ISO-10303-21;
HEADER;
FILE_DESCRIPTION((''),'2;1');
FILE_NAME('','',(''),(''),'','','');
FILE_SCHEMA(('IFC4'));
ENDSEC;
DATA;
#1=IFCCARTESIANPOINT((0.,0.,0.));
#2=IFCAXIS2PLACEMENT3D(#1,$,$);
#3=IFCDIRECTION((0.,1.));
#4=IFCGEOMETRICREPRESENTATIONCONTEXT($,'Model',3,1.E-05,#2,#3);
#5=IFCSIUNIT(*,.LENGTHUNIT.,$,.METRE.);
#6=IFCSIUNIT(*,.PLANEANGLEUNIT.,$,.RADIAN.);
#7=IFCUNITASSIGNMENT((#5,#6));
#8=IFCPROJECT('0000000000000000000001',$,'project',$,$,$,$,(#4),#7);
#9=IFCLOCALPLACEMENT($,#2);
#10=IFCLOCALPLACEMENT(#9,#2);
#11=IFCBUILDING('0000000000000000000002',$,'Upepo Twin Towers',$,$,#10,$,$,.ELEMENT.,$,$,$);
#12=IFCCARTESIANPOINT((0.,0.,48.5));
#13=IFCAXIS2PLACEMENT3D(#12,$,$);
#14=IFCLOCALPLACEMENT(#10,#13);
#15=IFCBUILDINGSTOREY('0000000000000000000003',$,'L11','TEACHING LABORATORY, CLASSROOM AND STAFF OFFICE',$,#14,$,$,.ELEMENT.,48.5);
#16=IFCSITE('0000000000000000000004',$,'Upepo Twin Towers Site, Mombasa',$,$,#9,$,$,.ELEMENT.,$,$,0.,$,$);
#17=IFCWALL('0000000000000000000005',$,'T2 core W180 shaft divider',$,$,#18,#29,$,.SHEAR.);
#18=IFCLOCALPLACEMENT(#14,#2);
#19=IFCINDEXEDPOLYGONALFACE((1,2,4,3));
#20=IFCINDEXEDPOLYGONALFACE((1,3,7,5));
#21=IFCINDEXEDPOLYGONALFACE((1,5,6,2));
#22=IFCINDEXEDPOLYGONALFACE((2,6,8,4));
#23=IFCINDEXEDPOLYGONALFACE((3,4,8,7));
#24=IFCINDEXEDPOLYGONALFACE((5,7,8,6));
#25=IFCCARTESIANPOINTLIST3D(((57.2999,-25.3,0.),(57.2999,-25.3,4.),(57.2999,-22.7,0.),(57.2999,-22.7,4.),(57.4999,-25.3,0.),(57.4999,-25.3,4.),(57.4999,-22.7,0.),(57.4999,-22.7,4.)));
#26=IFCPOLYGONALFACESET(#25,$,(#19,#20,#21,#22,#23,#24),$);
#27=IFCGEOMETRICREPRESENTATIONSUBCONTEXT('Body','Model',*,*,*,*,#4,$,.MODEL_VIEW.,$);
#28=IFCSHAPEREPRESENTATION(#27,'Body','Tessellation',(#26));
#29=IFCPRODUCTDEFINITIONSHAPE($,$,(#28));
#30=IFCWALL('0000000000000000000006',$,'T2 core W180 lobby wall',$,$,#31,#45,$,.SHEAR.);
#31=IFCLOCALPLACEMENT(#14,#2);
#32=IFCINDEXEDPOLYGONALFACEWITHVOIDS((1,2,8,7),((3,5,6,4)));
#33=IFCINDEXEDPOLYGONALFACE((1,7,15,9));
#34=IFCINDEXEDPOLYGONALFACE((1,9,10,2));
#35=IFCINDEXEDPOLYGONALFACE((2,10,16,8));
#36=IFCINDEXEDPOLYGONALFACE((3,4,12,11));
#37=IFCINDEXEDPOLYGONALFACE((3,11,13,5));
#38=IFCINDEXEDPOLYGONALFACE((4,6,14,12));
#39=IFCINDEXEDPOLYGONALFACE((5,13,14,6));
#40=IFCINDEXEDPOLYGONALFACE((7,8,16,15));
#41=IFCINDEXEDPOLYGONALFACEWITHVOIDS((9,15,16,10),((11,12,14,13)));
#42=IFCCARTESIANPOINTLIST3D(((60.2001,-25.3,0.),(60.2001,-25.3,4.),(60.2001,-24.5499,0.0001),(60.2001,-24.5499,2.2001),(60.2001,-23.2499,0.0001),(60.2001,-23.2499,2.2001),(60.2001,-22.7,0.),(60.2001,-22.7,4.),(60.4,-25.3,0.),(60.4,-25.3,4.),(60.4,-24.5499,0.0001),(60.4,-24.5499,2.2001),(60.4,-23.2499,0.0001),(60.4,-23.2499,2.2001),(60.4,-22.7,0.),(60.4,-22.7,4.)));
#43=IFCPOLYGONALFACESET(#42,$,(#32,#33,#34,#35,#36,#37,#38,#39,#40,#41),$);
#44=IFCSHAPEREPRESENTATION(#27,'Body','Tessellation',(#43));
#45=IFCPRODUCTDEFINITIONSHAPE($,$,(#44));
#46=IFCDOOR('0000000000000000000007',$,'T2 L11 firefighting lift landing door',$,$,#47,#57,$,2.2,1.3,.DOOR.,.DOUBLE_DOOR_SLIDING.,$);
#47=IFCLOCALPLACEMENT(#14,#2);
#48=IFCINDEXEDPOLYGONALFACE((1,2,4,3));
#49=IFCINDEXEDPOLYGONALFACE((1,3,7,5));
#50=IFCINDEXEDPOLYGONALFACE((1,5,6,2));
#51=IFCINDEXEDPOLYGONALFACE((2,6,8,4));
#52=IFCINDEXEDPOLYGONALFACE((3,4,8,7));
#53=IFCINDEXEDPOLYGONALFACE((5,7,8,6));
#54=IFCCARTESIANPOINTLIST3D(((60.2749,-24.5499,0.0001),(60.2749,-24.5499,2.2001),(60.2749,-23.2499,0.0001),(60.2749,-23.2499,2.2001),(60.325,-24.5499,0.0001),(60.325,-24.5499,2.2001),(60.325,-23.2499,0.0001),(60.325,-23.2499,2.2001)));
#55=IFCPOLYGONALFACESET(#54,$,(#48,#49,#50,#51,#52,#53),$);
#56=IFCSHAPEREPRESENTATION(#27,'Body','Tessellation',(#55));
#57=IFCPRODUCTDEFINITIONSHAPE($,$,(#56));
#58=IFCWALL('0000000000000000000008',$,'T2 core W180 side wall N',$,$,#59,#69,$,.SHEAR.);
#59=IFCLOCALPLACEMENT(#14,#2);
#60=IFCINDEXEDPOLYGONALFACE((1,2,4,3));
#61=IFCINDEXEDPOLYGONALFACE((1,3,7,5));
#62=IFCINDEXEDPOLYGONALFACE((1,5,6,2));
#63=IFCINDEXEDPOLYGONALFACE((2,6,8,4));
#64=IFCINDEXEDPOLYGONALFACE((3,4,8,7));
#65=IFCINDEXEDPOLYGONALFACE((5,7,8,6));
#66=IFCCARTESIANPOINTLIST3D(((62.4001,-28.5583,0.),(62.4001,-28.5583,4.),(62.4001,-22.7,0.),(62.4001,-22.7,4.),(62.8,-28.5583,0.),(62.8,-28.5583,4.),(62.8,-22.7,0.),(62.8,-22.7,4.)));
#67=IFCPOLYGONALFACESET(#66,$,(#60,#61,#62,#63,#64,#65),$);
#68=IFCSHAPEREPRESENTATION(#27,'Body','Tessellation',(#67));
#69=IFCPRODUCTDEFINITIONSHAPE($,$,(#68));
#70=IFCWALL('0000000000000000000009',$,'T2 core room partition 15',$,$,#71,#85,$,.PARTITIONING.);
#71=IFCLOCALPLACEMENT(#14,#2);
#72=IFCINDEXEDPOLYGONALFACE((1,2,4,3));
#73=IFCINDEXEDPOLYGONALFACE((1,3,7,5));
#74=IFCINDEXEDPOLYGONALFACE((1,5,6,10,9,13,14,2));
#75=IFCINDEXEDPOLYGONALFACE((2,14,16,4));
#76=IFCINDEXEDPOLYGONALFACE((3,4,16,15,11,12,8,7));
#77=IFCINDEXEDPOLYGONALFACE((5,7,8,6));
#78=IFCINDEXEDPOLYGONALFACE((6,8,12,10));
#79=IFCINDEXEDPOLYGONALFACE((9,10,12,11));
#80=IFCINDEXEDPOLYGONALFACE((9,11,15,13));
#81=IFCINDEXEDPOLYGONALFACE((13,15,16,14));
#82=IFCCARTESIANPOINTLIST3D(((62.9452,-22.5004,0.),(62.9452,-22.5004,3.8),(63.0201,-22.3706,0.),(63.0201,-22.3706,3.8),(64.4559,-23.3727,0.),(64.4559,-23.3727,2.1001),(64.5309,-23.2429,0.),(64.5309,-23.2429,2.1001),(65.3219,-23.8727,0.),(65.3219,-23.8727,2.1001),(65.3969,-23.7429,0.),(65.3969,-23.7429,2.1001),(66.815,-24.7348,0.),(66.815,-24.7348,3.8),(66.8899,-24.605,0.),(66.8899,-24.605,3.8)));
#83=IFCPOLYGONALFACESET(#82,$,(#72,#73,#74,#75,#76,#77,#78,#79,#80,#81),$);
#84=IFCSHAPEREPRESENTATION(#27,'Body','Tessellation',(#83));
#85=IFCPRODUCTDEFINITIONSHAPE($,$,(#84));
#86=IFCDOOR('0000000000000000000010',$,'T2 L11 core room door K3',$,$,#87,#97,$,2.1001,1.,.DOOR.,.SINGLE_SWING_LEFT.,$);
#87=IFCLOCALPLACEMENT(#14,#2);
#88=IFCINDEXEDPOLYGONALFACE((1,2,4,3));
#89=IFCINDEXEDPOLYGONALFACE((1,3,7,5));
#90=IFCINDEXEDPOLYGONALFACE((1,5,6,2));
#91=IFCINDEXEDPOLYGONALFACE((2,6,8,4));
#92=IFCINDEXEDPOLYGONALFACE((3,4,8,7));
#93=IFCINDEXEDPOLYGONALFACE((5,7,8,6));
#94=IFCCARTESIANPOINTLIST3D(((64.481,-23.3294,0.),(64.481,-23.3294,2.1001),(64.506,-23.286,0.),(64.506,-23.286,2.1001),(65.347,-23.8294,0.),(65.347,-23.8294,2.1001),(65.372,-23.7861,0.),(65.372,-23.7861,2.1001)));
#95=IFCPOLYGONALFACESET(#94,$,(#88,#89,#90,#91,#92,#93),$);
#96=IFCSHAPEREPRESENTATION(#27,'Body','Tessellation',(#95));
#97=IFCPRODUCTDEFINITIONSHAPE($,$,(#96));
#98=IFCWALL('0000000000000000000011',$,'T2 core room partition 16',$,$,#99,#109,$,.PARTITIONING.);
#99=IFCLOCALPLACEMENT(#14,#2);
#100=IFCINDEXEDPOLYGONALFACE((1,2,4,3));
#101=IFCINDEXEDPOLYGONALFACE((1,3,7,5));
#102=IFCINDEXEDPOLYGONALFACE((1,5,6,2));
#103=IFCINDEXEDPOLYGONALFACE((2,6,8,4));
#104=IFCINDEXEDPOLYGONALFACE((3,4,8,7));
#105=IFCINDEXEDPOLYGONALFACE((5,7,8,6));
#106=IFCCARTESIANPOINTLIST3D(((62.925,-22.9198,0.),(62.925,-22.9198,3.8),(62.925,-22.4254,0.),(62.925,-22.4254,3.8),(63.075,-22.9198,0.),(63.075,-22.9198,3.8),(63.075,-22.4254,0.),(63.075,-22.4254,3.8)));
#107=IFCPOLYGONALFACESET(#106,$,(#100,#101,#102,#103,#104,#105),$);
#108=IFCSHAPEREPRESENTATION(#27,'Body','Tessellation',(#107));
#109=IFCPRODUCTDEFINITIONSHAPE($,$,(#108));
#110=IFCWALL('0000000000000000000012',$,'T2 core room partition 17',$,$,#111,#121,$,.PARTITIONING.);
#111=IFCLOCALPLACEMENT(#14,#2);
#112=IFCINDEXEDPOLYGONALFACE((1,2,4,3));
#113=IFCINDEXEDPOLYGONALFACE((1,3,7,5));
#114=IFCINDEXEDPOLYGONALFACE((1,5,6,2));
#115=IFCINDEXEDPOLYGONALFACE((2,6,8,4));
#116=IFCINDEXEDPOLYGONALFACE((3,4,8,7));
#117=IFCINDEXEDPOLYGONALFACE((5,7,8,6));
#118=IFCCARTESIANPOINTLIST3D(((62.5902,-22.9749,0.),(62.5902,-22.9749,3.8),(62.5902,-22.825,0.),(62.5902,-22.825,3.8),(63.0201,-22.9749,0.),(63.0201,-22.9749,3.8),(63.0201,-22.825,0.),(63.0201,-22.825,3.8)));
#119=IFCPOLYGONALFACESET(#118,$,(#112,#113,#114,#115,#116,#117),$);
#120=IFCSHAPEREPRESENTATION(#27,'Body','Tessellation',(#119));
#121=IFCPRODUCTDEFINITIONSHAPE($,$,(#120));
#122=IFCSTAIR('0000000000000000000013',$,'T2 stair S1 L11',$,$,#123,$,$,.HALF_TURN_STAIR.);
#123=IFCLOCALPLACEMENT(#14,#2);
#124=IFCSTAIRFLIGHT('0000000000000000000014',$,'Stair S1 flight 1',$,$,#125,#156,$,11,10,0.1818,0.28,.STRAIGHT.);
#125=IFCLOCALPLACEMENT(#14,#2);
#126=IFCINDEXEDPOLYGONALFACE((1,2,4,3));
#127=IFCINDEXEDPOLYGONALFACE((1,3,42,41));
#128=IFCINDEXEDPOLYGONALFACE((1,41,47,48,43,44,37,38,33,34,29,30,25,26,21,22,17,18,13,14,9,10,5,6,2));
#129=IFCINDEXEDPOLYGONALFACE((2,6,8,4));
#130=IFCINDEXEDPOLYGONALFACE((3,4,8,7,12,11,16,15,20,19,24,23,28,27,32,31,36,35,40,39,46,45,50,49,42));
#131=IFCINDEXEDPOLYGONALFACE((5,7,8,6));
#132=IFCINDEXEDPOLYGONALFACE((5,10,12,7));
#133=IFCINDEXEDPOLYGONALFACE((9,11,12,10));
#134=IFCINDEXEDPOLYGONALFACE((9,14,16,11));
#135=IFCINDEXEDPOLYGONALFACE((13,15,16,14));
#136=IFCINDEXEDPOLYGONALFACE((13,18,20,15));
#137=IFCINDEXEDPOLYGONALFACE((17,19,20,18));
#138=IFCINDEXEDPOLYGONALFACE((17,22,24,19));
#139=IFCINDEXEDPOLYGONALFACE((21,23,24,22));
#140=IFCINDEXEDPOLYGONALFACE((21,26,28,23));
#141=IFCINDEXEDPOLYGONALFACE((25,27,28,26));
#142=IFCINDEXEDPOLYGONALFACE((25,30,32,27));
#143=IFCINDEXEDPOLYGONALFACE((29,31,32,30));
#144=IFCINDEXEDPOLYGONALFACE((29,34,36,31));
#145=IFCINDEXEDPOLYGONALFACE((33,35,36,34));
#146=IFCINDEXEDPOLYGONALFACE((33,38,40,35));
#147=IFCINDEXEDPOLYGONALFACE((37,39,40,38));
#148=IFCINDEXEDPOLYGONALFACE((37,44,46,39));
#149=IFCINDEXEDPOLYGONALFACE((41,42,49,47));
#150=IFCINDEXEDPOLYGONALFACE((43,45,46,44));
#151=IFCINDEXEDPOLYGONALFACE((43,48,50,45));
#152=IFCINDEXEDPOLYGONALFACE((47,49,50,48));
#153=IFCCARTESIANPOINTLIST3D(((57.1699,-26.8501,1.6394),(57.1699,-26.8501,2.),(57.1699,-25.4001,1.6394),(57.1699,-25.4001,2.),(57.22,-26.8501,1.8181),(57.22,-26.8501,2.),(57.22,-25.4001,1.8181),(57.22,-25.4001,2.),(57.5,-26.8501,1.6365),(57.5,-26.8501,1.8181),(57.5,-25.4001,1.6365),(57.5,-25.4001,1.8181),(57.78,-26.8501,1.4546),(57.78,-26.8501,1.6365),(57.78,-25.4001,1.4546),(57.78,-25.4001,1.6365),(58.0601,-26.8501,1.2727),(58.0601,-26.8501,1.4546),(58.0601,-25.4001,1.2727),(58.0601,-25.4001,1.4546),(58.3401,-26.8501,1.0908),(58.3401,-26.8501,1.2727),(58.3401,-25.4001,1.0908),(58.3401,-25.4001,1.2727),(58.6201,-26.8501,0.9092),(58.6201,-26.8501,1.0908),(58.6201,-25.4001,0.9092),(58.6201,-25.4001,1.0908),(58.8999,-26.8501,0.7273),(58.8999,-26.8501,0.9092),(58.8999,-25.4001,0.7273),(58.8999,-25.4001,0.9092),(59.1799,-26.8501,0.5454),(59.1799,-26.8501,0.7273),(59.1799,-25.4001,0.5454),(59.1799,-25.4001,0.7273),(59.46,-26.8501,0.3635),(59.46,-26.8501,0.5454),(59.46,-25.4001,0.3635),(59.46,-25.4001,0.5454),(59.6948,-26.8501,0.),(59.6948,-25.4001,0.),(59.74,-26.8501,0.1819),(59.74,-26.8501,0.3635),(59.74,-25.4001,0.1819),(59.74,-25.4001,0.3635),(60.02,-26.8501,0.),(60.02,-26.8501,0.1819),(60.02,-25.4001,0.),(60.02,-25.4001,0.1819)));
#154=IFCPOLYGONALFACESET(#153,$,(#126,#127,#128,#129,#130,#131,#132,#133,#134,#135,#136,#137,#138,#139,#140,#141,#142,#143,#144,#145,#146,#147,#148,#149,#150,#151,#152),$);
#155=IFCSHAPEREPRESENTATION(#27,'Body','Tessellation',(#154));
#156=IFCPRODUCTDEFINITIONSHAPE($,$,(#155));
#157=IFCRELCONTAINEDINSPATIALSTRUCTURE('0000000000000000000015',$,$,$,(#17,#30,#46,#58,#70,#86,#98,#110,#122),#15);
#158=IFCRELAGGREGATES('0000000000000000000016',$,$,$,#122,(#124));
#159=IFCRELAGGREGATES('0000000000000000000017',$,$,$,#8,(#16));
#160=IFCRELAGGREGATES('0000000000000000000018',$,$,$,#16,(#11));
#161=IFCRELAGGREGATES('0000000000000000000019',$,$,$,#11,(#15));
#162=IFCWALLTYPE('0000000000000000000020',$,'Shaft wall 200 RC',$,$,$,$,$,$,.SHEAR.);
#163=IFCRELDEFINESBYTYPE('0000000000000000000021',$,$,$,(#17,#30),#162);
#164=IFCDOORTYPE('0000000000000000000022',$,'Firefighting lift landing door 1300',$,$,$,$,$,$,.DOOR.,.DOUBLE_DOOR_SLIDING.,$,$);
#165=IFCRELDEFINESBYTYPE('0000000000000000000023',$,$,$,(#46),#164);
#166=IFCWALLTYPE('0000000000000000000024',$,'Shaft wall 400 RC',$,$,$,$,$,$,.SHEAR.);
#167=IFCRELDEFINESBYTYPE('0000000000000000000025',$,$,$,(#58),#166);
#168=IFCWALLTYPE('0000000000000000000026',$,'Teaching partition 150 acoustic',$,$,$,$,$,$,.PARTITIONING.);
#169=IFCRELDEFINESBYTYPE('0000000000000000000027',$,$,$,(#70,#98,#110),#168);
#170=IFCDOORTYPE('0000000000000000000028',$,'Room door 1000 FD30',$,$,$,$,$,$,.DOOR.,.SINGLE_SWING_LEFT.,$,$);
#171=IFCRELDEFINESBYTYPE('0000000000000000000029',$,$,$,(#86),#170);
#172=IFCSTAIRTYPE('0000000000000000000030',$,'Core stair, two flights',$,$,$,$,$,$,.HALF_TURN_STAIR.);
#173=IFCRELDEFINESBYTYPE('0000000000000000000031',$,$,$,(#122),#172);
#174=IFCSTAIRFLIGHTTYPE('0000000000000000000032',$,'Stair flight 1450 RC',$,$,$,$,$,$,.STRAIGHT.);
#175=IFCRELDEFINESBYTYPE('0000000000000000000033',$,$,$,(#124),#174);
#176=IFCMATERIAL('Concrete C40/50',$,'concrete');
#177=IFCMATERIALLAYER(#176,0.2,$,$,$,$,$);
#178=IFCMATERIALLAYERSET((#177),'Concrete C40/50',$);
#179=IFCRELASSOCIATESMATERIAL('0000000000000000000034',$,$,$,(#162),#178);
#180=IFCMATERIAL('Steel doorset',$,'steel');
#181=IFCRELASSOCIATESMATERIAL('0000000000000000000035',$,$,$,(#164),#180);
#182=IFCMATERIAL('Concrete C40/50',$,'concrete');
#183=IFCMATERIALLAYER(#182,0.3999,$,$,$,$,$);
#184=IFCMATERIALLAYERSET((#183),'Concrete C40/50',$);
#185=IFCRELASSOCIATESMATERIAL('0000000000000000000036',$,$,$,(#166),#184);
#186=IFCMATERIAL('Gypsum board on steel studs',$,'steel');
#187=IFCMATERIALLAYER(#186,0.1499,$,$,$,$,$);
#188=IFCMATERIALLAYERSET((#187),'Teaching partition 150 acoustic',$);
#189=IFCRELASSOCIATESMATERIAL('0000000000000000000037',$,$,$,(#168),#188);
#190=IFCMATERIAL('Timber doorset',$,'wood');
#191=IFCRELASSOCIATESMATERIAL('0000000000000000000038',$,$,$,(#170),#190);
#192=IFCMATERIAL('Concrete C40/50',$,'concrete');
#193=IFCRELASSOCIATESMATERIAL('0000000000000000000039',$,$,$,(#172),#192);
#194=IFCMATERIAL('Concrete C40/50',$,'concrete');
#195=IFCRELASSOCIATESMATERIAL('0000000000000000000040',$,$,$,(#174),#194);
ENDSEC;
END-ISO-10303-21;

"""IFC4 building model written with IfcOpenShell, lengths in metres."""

from ifc_helpers import new_model, si_unit, direction, frame, frame_2d, origin, place, context, subcontext, project, spatial, polyline, rectangle, outline, extrude, material, layer, layer_set, type_object, element, fill, aggregate, save


model = new_model("IFC4")

# Units and contexts
model_context = context("Model", 3, precision=1e-05, world=origin(), true_north=direction((0.0, 1.0)))
body_context = subcontext(model_context, "Body", "Model", "MODEL_VIEW")
ifc_project = project(units=[si_unit("LENGTHUNIT", "METRE"), si_unit("PLANEANGLEUNIT", "RADIAN")], contexts=[model_context])

# Site, building, storey
site_placement = place(None, origin())
site = spatial("IfcSite", under=ifc_project, at=site_placement, Name="Upepo Twin Towers Site, Mombasa", CompositionType="ELEMENT", RefElevation=0.0)
building_placement = place(site_placement, origin())
building = spatial("IfcBuilding", under=site, at=building_placement, Name="Upepo Twin Towers", CompositionType="ELEMENT")
storey_placement = place(building_placement, frame((0.0, 0.0, 48.5)))
storey = spatial("IfcBuildingStorey", under=building, at=storey_placement, Name="L11", Description="TEACHING LABORATORY, CLASSROOM AND STAFF OFFICE", CompositionType="ELEMENT", Elevation=48.5)

# Wall
ifc_material_1 = material(Name="Concrete C40/50", Category="concrete")
ifc_layer_1 = layer(ifc_material_1, 0.2)
ifc_layer_set_1 = layer_set([ifc_layer_1], Name="Concrete C40/50")
wall_type_1 = type_object("IfcWallType", Name="Shaft wall 200 RC", PredefinedType="SHEAR", material=ifc_layer_set_1)
wall_1_placement = place(storey_placement, frame((57.3999, -22.7, 0.0), z_axis=(0.0, 0.0, 1.0), x_axis=(0.0, -1.0, 0.0)))
element("IfcWall", 1, at=wall_1_placement, inside=storey, type_object=wall_type_1, Name="T2 core W180 shaft divider", PredefinedType="SHEAR", context=body_context, shape_type="SweptSolid", body=[
    extrude(rectangle(XDim=2.6001, YDim=0.2, at=frame_2d((1.3, 0.0))), origin(), (0.0, 0.0, 1.0), 4.0),
])

# Wall, opening, door
wall_2_placement = place(storey_placement, frame((60.3, -22.7, 0.0), z_axis=(0.0, 0.0, 1.0), x_axis=(0.0, -1.0, 0.0)))
wall_2 = element("IfcWall", 2, at=wall_2_placement, inside=storey, type_object=wall_type_1, Name="T2 core W180 lobby wall", PredefinedType="SHEAR", context=body_context, shape_type="SweptSolid", body=[
    extrude(rectangle(XDim=2.6001, YDim=0.2, at=frame_2d((1.3, 0.0))), origin(), (0.0, 0.0, 1.0), 4.0),
])
opening_1_placement = place(wall_2_placement, frame((0.55, 0.0, 0.0)))
opening_1 = element("IfcOpeningElement", 3, at=opening_1_placement, cuts=wall_2, PredefinedType="OPENING", context=body_context, shape_type="SweptSolid", body=[
    extrude(rectangle(XDim=1.3, YDim=2.2, at=frame_2d((0.6499, 1.1001))), frame((0.0, 0.1099, 0.0), z_axis=(0.0, -1.0, 0.0), x_axis=(1.0, 0.0, 0.0)), (0.0, 0.0, 1.0), 0.22),
])
ifc_material_2 = material(Name="Steel doorset", Category="steel")
door_type_1 = type_object("IfcDoorType", Name="Firefighting lift landing door 1300", OperationType="DOUBLE_DOOR_SLIDING", PredefinedType="DOOR", material=ifc_material_2)
door_1_placement = place(opening_1_placement, origin())
door_1 = element("IfcDoor", 4, at=door_1_placement, inside=storey, type_object=door_type_1, Name="T2 L11 firefighting lift landing door", OperationType="DOUBLE_DOOR_SLIDING", OverallHeight=2.2, OverallWidth=1.3, PredefinedType="DOOR", context=body_context, shape_type="SweptSolid", body=[
    extrude(rectangle(XDim=1.3, YDim=2.2, at=frame_2d((0.6499, 1.1001))), frame((0.0, 0.0249, 0.0), z_axis=(0.0, -1.0, 0.0), x_axis=(1.0, 0.0, 0.0)), (0.0, 0.0, 1.0), 0.05),
])
fill(opening_1, door_1)

# Wall
ifc_material_3 = material(Name="Concrete C40/50", Category="concrete")
ifc_layer_2 = layer(ifc_material_3, 0.3999)
ifc_layer_set_2 = layer_set([ifc_layer_2], Name="Concrete C40/50")
wall_type_2 = type_object("IfcWallType", Name="Shaft wall 400 RC", PredefinedType="SHEAR", material=ifc_layer_set_2)
wall_3_placement = place(storey_placement, frame((62.6001, -22.7, 0.0), z_axis=(0.0, 0.0, 1.0), x_axis=(0.0, -1.0, 0.0)))
element("IfcWall", 5, at=wall_3_placement, inside=storey, type_object=wall_type_2, Name="T2 core W180 side wall N", PredefinedType="SHEAR", context=body_context, shape_type="SweptSolid", body=[
    extrude(rectangle(XDim=5.8584, YDim=0.3999, at=frame_2d((2.9292, 0.0))), origin(), (0.0, 0.0, 1.0), 4.0),
])

# Wall, opening, door
ifc_material_4 = material(Name="Gypsum board on steel studs", Category="steel")
ifc_layer_3 = layer(ifc_material_4, 0.1499)
ifc_layer_set_3 = layer_set([ifc_layer_3], Name="Teaching partition 150 acoustic")
wall_type_3 = type_object("IfcWallType", Name="Teaching partition 150 acoustic", PredefinedType="PARTITIONING", material=ifc_layer_set_3)
wall_4_placement = place(storey_placement, frame((66.8525, -24.6699, 0.0), z_axis=(0.0, 0.0, 1.0), x_axis=(-0.866015, 0.500017, 0.0)))
wall_4 = element("IfcWall", 6, at=wall_4_placement, inside=storey, type_object=wall_type_3, Name="T2 core room partition 15", PredefinedType="PARTITIONING", context=body_context, shape_type="SweptSolid", body=[
    extrude(rectangle(XDim=4.4685, YDim=0.1499, at=frame_2d((2.2344, 0.0))), origin(), (0.0, 0.0, 1.0), 3.8),
])
opening_2_placement = place(wall_4_placement, frame((1.7241, 0.0, 0.0)))
opening_2 = element("IfcOpeningElement", 7, at=opening_2_placement, cuts=wall_4, PredefinedType="OPENING", context=body_context, shape_type="SweptSolid", body=[
    extrude(rectangle(XDim=1.0, YDim=2.1001, at=frame_2d((0.5, 1.05))), frame((0.0, 0.085, 0.0), z_axis=(0.0, -1.0, 0.0), x_axis=(1.0, 0.0, 0.0)), (0.0, 0.0, 1.0), 0.1699),
])
ifc_material_5 = material(Name="Timber doorset", Category="wood")
door_type_2 = type_object("IfcDoorType", Name="Room door 1000 FD30", OperationType="SINGLE_SWING_LEFT", PredefinedType="DOOR", material=ifc_material_5)
door_2_placement = place(opening_2_placement, origin())
door_2 = element("IfcDoor", 8, at=door_2_placement, inside=storey, type_object=door_type_2, Name="T2 L11 core room door K3", OperationType="SINGLE_SWING_LEFT", OverallHeight=2.1001, OverallWidth=1.0, PredefinedType="DOOR", context=body_context, shape_type="SweptSolid", body=[
    extrude(rectangle(XDim=1.0, YDim=2.1001, at=frame_2d((0.5, 1.05))), frame((0.0, 0.0249, 0.0), z_axis=(0.0, -1.0, 0.0), x_axis=(1.0, 0.0, 0.0)), (0.0, 0.0, 1.0), 0.05),
])
fill(opening_2, door_2)

# Walls
wall_5_placement = place(storey_placement, frame((63.0, -22.4255, 0.0), z_axis=(0.0, 0.0, 1.0), x_axis=(0.0, -1.0, 0.0)))
element("IfcWall", 9, at=wall_5_placement, inside=storey, type_object=wall_type_3, Name="T2 core room partition 16", PredefinedType="PARTITIONING", context=body_context, shape_type="SweptSolid", body=[
    extrude(rectangle(XDim=0.4944, YDim=0.1499, at=frame_2d((0.2471, 0.0))), origin(), (0.0, 0.0, 1.0), 3.8),
])
wall_6_placement = place(storey_placement, frame((63.02, -22.8999, 0.0), z_axis=(0.0, 0.0, 1.0), x_axis=(-1.0, 0.0, 0.0)))
element("IfcWall", 10, at=wall_6_placement, inside=storey, type_object=wall_type_3, Name="T2 core room partition 17", PredefinedType="PARTITIONING", context=body_context, shape_type="SweptSolid", body=[
    extrude(rectangle(XDim=0.4299, YDim=0.1499, at=frame_2d((0.2148, 0.0))), origin(), (0.0, 0.0, 1.0), 3.8),
])

# Stair, stair flight
ifc_material_6 = material(Name="Concrete C40/50", Category="concrete")
stair_type = type_object("IfcStairType", Name="Core stair, two flights", PredefinedType="HALF_TURN_STAIR", material=ifc_material_6)
stair_placement = place(storey_placement, origin())
stair = element("IfcStair", 11, at=stair_placement, inside=storey, type_object=stair_type, Name="T2 stair S1 L11", PredefinedType="HALF_TURN_STAIR")
ifc_material_7 = material(Name="Concrete C40/50", Category="concrete")
stair_flight_type = type_object("IfcStairFlightType", Name="Stair flight 1450 RC", PredefinedType="STRAIGHT", material=ifc_material_7)
stair_flight_1_placement = place(storey_placement, frame((60.02, -26.125, 0.0), z_axis=(0.0, 0.0, 1.0), x_axis=(-1.0, 0.0, 0.0)))
stair_flight_1 = element("IfcStairFlight", 12, at=stair_flight_1_placement, type_object=stair_flight_type, Name="Stair S1 flight 1", NumberOfRisers=11, NumberOfTreads=10, PredefinedType="STRAIGHT", RiserHeight=0.1818, TreadLength=0.28, context=body_context, shape_type="SweptSolid", body=[
    extrude(outline(polyline([(0.0, 0.0), (0.0, 0.1819), (0.28, 0.1819), (0.28, 0.3635), (0.5601, 0.3635), (0.5601, 0.5454), (0.8401, 0.5454), (0.8401, 0.7273), (1.1201, 0.7273), (1.1201, 0.9092), (1.3999, 0.9092), (1.3999, 1.0908), (1.6799, 1.0908), (1.6799, 1.2727), (1.96, 1.2727), (1.96, 1.4546), (2.24, 1.4546), (2.24, 1.6365), (2.52, 1.6365), (2.52, 1.8181), (2.8, 1.8181), (2.8, 2.0), (2.8501, 2.0), (2.8501, 1.6394), (0.3252, 0.0), (0.0, 0.0)])), frame((0.0, 0.7251, 0.0), z_axis=(0.0, -1.0, 0.0), x_axis=(1.0, 0.0, 0.0)), (0.0, 0.0, 1.0), 1.45),
])
aggregate(stair, [stair_flight_1])

save(model, "model.ifc")
